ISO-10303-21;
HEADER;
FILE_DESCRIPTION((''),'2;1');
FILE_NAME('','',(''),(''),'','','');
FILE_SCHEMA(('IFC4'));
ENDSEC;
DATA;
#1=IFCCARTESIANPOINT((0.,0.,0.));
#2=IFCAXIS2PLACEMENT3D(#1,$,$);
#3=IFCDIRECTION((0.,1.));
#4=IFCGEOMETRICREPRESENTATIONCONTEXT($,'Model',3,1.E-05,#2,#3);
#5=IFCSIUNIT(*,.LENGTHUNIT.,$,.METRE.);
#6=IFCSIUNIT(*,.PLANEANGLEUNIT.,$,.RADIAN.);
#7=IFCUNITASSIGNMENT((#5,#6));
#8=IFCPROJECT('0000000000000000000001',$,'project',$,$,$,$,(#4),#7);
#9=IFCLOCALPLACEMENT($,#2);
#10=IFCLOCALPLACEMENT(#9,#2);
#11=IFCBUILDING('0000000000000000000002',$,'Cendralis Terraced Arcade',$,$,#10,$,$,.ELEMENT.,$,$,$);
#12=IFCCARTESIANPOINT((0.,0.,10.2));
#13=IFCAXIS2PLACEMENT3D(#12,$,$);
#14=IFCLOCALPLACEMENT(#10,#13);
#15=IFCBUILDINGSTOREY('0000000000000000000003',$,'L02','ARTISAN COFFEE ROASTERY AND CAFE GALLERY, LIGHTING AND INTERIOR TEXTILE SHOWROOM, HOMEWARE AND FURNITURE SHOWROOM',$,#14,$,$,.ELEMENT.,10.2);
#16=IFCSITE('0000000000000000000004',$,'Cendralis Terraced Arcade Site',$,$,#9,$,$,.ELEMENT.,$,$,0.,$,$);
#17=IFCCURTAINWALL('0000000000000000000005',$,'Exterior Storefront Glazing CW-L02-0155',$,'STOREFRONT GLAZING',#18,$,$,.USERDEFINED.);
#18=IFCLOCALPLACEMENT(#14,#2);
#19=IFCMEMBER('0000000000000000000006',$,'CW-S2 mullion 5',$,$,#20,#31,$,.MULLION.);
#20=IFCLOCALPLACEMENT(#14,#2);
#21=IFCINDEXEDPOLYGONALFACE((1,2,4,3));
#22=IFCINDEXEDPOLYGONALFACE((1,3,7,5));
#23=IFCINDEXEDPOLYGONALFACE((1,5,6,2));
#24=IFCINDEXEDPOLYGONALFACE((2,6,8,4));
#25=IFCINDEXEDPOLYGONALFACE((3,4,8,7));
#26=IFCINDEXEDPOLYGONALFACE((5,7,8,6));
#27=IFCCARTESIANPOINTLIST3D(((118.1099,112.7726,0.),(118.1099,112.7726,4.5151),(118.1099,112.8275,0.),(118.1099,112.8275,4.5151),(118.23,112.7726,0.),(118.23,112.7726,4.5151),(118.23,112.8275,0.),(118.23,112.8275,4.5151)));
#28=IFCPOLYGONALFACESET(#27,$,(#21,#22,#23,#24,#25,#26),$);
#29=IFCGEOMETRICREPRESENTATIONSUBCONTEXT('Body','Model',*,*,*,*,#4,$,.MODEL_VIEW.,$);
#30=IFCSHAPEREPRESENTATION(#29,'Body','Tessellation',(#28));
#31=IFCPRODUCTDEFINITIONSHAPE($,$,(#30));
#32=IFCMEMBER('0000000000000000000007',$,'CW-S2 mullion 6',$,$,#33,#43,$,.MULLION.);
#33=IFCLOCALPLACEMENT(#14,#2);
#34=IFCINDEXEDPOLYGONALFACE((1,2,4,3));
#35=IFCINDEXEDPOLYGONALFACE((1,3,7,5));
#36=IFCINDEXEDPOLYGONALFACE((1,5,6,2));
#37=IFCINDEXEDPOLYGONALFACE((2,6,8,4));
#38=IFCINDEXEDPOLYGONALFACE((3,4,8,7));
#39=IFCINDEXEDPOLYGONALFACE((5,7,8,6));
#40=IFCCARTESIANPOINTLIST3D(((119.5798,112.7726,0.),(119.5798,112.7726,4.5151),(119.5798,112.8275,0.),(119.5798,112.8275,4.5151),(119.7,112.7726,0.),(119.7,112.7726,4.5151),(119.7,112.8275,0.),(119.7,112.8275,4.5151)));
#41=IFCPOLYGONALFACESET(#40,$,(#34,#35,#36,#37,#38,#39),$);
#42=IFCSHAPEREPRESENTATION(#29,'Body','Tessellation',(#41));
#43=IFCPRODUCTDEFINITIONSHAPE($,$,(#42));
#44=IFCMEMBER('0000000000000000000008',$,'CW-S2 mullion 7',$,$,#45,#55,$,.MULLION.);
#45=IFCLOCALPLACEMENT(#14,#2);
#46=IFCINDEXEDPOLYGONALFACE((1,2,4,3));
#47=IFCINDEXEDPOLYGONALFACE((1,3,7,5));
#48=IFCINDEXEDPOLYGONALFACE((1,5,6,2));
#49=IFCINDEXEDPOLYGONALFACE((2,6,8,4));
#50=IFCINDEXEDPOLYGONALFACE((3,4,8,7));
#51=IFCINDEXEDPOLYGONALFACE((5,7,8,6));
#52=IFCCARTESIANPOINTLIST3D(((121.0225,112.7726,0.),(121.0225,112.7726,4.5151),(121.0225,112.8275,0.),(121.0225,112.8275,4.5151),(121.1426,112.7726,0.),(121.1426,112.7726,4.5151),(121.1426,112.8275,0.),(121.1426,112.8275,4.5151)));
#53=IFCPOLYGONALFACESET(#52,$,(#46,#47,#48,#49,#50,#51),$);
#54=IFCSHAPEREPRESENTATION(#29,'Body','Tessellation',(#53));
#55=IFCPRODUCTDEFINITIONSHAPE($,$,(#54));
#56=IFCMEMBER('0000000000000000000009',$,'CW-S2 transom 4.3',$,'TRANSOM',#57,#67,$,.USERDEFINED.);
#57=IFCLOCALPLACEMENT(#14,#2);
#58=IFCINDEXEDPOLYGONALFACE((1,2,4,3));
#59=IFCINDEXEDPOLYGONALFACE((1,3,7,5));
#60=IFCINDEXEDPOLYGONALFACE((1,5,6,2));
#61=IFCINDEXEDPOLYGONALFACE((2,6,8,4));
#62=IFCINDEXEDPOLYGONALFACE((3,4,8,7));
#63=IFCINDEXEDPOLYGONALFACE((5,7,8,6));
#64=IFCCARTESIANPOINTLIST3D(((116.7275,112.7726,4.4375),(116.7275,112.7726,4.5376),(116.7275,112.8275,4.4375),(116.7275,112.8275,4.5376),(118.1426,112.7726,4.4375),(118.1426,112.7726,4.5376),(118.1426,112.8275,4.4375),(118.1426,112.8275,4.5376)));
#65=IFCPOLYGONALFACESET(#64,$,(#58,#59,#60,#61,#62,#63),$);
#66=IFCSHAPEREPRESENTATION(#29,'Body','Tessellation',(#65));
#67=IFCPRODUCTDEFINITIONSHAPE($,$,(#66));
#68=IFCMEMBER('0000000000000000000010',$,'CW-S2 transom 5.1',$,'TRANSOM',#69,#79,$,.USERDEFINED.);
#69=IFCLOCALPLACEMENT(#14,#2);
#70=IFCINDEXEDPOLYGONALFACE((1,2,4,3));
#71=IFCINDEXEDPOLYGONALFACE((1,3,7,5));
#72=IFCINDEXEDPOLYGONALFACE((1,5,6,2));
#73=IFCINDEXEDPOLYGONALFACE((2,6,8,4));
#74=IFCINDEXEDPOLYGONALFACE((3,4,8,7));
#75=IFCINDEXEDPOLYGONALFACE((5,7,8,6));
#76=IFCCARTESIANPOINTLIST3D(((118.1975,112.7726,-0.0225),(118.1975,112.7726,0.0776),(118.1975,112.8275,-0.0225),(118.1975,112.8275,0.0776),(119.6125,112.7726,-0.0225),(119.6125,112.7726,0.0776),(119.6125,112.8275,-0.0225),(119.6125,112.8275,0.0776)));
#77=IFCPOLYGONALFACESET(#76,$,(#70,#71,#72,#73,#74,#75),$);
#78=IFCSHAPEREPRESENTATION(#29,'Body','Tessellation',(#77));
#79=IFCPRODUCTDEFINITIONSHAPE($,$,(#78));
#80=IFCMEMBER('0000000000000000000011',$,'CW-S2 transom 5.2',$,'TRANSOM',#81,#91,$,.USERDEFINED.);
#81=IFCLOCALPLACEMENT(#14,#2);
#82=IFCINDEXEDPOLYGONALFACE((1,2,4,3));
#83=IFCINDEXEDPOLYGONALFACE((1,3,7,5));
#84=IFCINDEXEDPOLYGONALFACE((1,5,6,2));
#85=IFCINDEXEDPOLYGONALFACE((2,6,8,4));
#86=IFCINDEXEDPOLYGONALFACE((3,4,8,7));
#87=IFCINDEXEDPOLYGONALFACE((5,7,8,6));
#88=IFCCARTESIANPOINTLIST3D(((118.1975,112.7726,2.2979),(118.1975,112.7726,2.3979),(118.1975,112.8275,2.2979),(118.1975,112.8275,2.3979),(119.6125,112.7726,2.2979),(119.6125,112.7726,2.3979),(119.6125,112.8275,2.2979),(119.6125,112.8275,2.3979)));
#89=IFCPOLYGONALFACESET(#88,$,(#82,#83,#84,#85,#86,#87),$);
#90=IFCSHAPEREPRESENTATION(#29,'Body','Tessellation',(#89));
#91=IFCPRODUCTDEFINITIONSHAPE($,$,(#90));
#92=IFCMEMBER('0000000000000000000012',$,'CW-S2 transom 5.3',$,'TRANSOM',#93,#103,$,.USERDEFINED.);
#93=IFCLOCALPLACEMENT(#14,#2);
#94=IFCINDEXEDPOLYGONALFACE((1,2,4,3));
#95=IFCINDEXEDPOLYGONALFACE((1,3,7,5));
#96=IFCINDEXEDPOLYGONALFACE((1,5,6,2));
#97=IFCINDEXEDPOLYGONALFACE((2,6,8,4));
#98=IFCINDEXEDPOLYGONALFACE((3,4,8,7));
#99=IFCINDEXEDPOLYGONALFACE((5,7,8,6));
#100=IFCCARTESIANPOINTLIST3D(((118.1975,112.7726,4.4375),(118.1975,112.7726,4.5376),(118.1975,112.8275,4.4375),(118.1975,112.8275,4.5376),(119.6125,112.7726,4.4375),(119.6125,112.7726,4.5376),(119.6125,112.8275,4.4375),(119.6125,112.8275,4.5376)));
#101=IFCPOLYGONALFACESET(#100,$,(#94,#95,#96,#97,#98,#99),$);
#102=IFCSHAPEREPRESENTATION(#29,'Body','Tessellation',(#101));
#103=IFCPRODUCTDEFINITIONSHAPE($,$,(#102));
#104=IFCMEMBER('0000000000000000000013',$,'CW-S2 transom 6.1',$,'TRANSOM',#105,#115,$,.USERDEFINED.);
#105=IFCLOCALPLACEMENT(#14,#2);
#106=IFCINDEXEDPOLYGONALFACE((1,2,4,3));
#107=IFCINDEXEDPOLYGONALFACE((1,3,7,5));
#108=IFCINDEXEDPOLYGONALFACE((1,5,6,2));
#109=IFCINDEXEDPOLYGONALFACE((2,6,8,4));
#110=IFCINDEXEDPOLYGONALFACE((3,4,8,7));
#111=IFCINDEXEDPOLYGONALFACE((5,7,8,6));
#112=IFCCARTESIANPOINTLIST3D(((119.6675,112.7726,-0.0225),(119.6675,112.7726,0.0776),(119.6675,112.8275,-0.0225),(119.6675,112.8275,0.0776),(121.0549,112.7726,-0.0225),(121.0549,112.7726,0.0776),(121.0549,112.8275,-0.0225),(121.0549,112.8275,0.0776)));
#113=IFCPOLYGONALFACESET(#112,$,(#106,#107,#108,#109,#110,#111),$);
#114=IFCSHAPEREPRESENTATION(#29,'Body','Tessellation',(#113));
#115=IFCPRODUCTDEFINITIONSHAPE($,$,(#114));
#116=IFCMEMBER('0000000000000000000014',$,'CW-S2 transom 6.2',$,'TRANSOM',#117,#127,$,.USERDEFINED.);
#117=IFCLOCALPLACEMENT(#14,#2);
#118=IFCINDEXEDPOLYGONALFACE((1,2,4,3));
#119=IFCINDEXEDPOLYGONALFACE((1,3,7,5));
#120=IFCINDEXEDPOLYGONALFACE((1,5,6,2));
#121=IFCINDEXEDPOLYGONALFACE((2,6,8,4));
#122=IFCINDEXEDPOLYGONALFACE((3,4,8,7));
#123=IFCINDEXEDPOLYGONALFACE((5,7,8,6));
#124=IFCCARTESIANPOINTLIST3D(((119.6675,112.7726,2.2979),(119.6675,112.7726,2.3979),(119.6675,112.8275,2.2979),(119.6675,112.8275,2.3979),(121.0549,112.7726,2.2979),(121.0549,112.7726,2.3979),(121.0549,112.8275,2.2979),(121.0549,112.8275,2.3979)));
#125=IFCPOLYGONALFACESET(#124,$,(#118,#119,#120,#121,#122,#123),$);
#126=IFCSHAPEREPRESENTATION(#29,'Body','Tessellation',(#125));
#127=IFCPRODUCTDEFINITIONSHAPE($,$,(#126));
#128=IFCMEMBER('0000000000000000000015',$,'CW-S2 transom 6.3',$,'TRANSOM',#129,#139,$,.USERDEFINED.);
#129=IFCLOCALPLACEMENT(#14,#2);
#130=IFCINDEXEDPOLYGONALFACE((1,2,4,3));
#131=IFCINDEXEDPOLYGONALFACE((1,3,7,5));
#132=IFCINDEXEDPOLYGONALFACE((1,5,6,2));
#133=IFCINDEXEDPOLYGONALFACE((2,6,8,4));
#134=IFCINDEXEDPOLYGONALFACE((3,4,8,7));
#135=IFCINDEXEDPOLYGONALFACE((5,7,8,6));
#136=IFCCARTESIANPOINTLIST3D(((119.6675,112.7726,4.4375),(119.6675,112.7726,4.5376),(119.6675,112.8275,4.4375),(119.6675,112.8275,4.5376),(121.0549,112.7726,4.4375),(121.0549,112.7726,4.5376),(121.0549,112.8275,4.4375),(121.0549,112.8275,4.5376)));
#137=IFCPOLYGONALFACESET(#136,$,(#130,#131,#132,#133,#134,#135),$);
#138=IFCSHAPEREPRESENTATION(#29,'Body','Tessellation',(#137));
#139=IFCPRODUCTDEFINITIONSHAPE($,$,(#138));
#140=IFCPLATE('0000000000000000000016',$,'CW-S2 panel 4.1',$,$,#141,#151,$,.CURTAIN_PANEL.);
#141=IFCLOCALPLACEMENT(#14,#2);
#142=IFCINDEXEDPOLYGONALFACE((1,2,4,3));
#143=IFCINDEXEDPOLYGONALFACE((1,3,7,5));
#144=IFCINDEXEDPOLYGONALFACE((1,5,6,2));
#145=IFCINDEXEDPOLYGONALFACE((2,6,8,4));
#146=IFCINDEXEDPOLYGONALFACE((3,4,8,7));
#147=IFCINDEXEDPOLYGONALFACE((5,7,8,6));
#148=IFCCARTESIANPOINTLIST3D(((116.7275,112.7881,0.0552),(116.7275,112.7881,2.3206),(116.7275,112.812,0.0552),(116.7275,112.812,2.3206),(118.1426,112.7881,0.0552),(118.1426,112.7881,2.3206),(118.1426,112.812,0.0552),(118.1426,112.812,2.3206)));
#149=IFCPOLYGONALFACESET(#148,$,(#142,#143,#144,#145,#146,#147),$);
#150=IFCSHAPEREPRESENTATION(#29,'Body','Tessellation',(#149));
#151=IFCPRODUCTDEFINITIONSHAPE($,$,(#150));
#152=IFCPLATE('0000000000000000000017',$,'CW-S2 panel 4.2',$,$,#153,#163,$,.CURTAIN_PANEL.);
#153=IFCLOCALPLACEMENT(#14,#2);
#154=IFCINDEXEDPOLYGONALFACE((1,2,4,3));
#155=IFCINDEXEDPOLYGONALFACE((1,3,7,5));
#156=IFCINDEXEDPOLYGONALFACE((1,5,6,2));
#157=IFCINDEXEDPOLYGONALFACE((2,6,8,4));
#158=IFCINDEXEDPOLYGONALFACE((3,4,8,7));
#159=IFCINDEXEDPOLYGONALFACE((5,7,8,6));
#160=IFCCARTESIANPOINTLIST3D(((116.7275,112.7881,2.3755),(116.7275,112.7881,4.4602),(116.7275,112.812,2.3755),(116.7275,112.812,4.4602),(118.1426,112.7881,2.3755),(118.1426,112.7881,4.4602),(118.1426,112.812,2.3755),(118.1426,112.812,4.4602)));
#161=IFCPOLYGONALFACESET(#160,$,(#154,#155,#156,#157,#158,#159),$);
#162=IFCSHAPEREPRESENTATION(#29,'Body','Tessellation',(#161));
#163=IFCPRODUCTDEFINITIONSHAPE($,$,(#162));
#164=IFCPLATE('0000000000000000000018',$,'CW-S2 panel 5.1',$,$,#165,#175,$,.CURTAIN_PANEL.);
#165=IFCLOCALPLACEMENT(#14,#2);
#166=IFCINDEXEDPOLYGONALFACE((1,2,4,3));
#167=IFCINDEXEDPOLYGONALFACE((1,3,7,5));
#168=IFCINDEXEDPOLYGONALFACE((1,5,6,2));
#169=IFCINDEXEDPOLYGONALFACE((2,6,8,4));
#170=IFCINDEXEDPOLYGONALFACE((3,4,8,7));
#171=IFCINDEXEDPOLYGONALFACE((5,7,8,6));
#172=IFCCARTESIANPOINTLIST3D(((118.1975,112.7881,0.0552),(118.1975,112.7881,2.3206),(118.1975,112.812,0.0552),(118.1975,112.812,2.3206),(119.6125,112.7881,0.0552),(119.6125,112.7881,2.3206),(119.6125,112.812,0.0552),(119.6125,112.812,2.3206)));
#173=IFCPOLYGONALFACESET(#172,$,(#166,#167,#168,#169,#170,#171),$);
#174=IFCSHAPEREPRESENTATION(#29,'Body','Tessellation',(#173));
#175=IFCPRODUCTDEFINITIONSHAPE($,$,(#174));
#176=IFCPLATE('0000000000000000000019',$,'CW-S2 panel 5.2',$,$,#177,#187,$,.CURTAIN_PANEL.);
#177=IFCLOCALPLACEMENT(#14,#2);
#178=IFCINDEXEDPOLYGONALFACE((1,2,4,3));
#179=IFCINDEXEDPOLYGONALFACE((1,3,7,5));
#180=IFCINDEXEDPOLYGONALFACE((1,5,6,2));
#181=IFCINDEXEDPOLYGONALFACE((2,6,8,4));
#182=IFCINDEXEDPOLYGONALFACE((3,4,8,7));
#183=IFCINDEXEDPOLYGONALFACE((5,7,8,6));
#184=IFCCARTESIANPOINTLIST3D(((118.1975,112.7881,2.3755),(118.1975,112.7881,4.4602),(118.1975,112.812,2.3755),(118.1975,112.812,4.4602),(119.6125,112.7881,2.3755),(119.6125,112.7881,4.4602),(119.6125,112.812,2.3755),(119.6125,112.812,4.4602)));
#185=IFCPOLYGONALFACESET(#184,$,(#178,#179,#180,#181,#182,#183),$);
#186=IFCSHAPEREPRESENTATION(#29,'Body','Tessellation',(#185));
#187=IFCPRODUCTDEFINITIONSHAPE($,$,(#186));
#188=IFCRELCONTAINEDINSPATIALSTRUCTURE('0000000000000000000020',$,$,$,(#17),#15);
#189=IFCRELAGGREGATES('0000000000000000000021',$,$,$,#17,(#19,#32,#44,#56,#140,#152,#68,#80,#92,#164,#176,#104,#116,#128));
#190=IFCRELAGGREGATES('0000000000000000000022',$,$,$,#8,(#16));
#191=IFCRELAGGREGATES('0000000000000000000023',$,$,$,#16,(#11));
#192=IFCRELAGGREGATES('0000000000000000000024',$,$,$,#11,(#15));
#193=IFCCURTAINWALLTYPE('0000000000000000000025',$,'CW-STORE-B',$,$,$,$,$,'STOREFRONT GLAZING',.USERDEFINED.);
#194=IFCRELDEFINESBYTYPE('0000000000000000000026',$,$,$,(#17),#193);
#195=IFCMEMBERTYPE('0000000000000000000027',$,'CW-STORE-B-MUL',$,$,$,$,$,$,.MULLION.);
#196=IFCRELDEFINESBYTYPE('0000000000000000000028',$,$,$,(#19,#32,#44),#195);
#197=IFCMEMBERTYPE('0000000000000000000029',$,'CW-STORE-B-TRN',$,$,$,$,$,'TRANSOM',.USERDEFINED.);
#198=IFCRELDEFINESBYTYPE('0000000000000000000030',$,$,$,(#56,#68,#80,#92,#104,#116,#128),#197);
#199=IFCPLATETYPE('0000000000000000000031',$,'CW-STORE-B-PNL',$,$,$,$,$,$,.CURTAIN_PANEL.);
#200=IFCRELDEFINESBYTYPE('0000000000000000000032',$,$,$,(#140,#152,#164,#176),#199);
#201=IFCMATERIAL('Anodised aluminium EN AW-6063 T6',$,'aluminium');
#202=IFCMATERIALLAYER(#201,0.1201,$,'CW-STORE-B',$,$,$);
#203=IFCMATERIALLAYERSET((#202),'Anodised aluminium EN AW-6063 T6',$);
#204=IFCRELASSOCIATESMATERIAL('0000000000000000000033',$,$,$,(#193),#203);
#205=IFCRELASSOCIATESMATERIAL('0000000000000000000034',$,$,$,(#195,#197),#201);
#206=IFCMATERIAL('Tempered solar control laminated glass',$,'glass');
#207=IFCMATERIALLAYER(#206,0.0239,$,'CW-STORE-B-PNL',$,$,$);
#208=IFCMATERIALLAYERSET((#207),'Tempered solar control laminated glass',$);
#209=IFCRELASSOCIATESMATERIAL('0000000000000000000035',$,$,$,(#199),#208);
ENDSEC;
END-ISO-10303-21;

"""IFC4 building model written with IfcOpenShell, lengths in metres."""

from ifc_helpers import new_model, si_unit, direction, frame, origin, origin_2d, place, context, subcontext, project, spatial, rectangle, extrude, material, layer, layer_set, material_profile, profile_set, type_object, element, aggregate, save


model = new_model("IFC4")

# Units and contexts
model_context = context("Model", 3, precision=1e-05, world=origin(), true_north=direction((0.0, 1.0)))
body_context = subcontext(model_context, "Body", "Model", "MODEL_VIEW")
ifc_project = project(units=[si_unit("LENGTHUNIT", "METRE"), si_unit("PLANEANGLEUNIT", "RADIAN")], contexts=[model_context])

# Site, building, storey
site_placement = place(None, origin())
site = spatial("IfcSite", under=ifc_project, at=site_placement, Name="Cendralis Terraced Arcade Site", CompositionType="ELEMENT", RefElevation=0.0)
building_placement = place(site_placement, origin())
building = spatial("IfcBuilding", under=site, at=building_placement, Name="Cendralis Terraced Arcade", CompositionType="ELEMENT")
storey_placement = place(building_placement, frame((0.0, 0.0, 10.2)))
storey = spatial("IfcBuildingStorey", under=building, at=storey_placement, Name="L02", Description="ARTISAN COFFEE ROASTERY AND CAFE GALLERY, LIGHTING AND INTERIOR TEXTILE SHOWROOM, HOMEWARE AND FURNITURE SHOWROOM", CompositionType="ELEMENT", Elevation=10.2)

# Curtain wall, members, plates
ifc_material_1 = material(Name="Anodised aluminium EN AW-6063 T6", Category="aluminium")
ifc_layer_1 = layer(ifc_material_1, 0.1201, Name="CW-STORE-B")
ifc_layer_set_1 = layer_set([ifc_layer_1], Name="Anodised aluminium EN AW-6063 T6")
curtain_wall_type = type_object("IfcCurtainWallType", Name="CW-STORE-B", ElementType="STOREFRONT GLAZING", PredefinedType="USERDEFINED", material=ifc_layer_set_1)
curtain_wall_placement = place(storey_placement, origin())
curtain_wall = element("IfcCurtainWall", 1, at=curtain_wall_placement, inside=storey, type_object=curtain_wall_type, Name="Exterior Storefront Glazing CW-L02-0155", ObjectType="STOREFRONT GLAZING", PredefinedType="USERDEFINED")
ifc_material_profile_1 = material_profile(ifc_material_1, rectangle(XDim=0.0549, YDim=0.1201, at=origin_2d()), Name="ALU-MUL-55x120")
ifc_profile_set_1 = profile_set([ifc_material_profile_1], Name="Anodised aluminium EN AW-6063 T6")
member_type_1 = type_object("IfcMemberType", Name="CW-STORE-B-MUL", PredefinedType="MULLION", material=ifc_profile_set_1)
member_1_placement = place(storey_placement, frame((118.1699, 112.8, 0.0), z_axis=(0.0, 0.0, 1.0), x_axis=(0.0, 1.0, 0.0)))
member_1 = element("IfcMember", 2, at=member_1_placement, type_object=member_type_1, Name="CW-S2 mullion 5", PredefinedType="MULLION", context=body_context, shape_type="SweptSolid", body=[
    extrude(rectangle(XDim=0.0549, YDim=0.1201, at=origin_2d()), origin(), (0.0, 0.0, 1.0), 4.5151),
])
member_2_placement = place(storey_placement, frame((119.6399, 112.8, 0.0), z_axis=(0.0, 0.0, 1.0), x_axis=(0.0, 1.0, 0.0)))
member_2 = element("IfcMember", 3, at=member_2_placement, type_object=member_type_1, Name="CW-S2 mullion 6", PredefinedType="MULLION", context=body_context, shape_type="SweptSolid", body=[
    extrude(rectangle(XDim=0.0549, YDim=0.1201, at=origin_2d()), origin(), (0.0, 0.0, 1.0), 4.5151),
])
member_3_placement = place(storey_placement, frame((121.0825, 112.8, 0.0), z_axis=(0.0, 0.0, 1.0), x_axis=(0.0, 1.0, 0.0)))
member_3 = element("IfcMember", 4, at=member_3_placement, type_object=member_type_1, Name="CW-S2 mullion 7", PredefinedType="MULLION", context=body_context, shape_type="SweptSolid", body=[
    extrude(rectangle(XDim=0.0549, YDim=0.1201, at=origin_2d()), origin(), (0.0, 0.0, 1.0), 4.5151),
])
ifc_material_profile_2 = material_profile(ifc_material_1, rectangle(XDim=0.0549, YDim=0.1001, at=origin_2d()), Name="ALU-TRN-55x100")
ifc_profile_set_2 = profile_set([ifc_material_profile_2], Name="Anodised aluminium EN AW-6063 T6")
member_type_2 = type_object("IfcMemberType", Name="CW-STORE-B-TRN", ElementType="TRANSOM", PredefinedType="USERDEFINED", material=ifc_profile_set_2)
member_4_placement = place(storey_placement, frame((116.7275, 112.8, 4.4875), z_axis=(1.0, 0.0, 0.0), x_axis=(0.0, 1.0, 0.0)))
member_4 = element("IfcMember", 5, at=member_4_placement, type_object=member_type_2, Name="CW-S2 transom 4.3", ObjectType="TRANSOM", PredefinedType="USERDEFINED", context=body_context, shape_type="SweptSolid", body=[
    extrude(rectangle(XDim=0.0549, YDim=0.1001, at=origin_2d()), origin(), (0.0, 0.0, 1.0), 1.415),
])
member_5_placement = place(storey_placement, frame((118.1975, 112.8, 0.0276), z_axis=(1.0, 0.0, 0.0), x_axis=(0.0, 1.0, 0.0)))
member_5 = element("IfcMember", 6, at=member_5_placement, type_object=member_type_2, Name="CW-S2 transom 5.1", ObjectType="TRANSOM", PredefinedType="USERDEFINED", context=body_context, shape_type="SweptSolid", body=[
    extrude(rectangle(XDim=0.0549, YDim=0.1001, at=origin_2d()), origin(), (0.0, 0.0, 1.0), 1.415),
])
member_6_placement = place(storey_placement, frame((118.1975, 112.8, 2.3479), z_axis=(1.0, 0.0, 0.0), x_axis=(0.0, 1.0, 0.0)))
member_6 = element("IfcMember", 7, at=member_6_placement, type_object=member_type_2, Name="CW-S2 transom 5.2", ObjectType="TRANSOM", PredefinedType="USERDEFINED", context=body_context, shape_type="SweptSolid", body=[
    extrude(rectangle(XDim=0.0549, YDim=0.1001, at=origin_2d()), origin(), (0.0, 0.0, 1.0), 1.415),
])
member_7_placement = place(storey_placement, frame((118.1975, 112.8, 4.4875), z_axis=(1.0, 0.0, 0.0), x_axis=(0.0, 1.0, 0.0)))
member_7 = element("IfcMember", 8, at=member_7_placement, type_object=member_type_2, Name="CW-S2 transom 5.3", ObjectType="TRANSOM", PredefinedType="USERDEFINED", context=body_context, shape_type="SweptSolid", body=[
    extrude(rectangle(XDim=0.0549, YDim=0.1001, at=origin_2d()), origin(), (0.0, 0.0, 1.0), 1.415),
])
member_8_placement = place(storey_placement, frame((119.6675, 112.8, 0.0276), z_axis=(1.0, 0.0, 0.0), x_axis=(0.0, 1.0, 0.0)))
member_8 = element("IfcMember", 9, at=member_8_placement, type_object=member_type_2, Name="CW-S2 transom 6.1", ObjectType="TRANSOM", PredefinedType="USERDEFINED", context=body_context, shape_type="SweptSolid", body=[
    extrude(rectangle(XDim=0.0549, YDim=0.1001, at=origin_2d()), origin(), (0.0, 0.0, 1.0), 1.3875),
])
member_9_placement = place(storey_placement, frame((119.6675, 112.8, 2.3479), z_axis=(1.0, 0.0, 0.0), x_axis=(0.0, 1.0, 0.0)))
member_9 = element("IfcMember", 10, at=member_9_placement, type_object=member_type_2, Name="CW-S2 transom 6.2", ObjectType="TRANSOM", PredefinedType="USERDEFINED", context=body_context, shape_type="SweptSolid", body=[
    extrude(rectangle(XDim=0.0549, YDim=0.1001, at=origin_2d()), origin(), (0.0, 0.0, 1.0), 1.3875),
])
member_10_placement = place(storey_placement, frame((119.6675, 112.8, 4.4875), z_axis=(1.0, 0.0, 0.0), x_axis=(0.0, 1.0, 0.0)))
member_10 = element("IfcMember", 11, at=member_10_placement, type_object=member_type_2, Name="CW-S2 transom 6.3", ObjectType="TRANSOM", PredefinedType="USERDEFINED", context=body_context, shape_type="SweptSolid", body=[
    extrude(rectangle(XDim=0.0549, YDim=0.1001, at=origin_2d()), origin(), (0.0, 0.0, 1.0), 1.3875),
])
ifc_material_2 = material(Name="Tempered solar control laminated glass", Category="glass")
ifc_layer_2 = layer(ifc_material_2, 0.0239, Name="CW-STORE-B-PNL")
ifc_layer_set_2 = layer_set([ifc_layer_2], Name="Tempered solar control laminated glass")
plate_type = type_object("IfcPlateType", Name="CW-STORE-B-PNL", PredefinedType="CURTAIN_PANEL", material=ifc_layer_set_2)
plate_1_placement = place(storey_placement, frame((117.4351, 112.8, 0.0552), z_axis=(0.0, 0.0, 1.0), x_axis=(1.0, 0.0, 0.0)))
plate_1 = element("IfcPlate", 12, at=plate_1_placement, type_object=plate_type, Name="CW-S2 panel 4.1", PredefinedType="CURTAIN_PANEL", context=body_context, shape_type="SweptSolid", body=[
    extrude(rectangle(XDim=1.415, YDim=0.0239, at=origin_2d()), origin(), (0.0, 0.0, 1.0), 2.2654),
])
plate_2_placement = place(storey_placement, frame((117.4351, 112.8, 2.3755), z_axis=(0.0, 0.0, 1.0), x_axis=(1.0, 0.0, 0.0)))
plate_2 = element("IfcPlate", 13, at=plate_2_placement, type_object=plate_type, Name="CW-S2 panel 4.2", PredefinedType="CURTAIN_PANEL", context=body_context, shape_type="SweptSolid", body=[
    extrude(rectangle(XDim=1.415, YDim=0.0239, at=origin_2d()), origin(), (0.0, 0.0, 1.0), 2.0847),
])
plate_3_placement = place(storey_placement, frame((118.905, 112.8, 0.0552), z_axis=(0.0, 0.0, 1.0), x_axis=(1.0, 0.0, 0.0)))
plate_3 = element("IfcPlate", 14, at=plate_3_placement, type_object=plate_type, Name="CW-S2 panel 5.1", PredefinedType="CURTAIN_PANEL", context=body_context, shape_type="SweptSolid", body=[
    extrude(rectangle(XDim=1.415, YDim=0.0239, at=origin_2d()), origin(), (0.0, 0.0, 1.0), 2.2654),
])
plate_4_placement = place(storey_placement, frame((118.905, 112.8, 2.3755), z_axis=(0.0, 0.0, 1.0), x_axis=(1.0, 0.0, 0.0)))
plate_4 = element("IfcPlate", 15, at=plate_4_placement, type_object=plate_type, Name="CW-S2 panel 5.2", PredefinedType="CURTAIN_PANEL", context=body_context, shape_type="SweptSolid", body=[
    extrude(rectangle(XDim=1.415, YDim=0.0239, at=origin_2d()), origin(), (0.0, 0.0, 1.0), 2.0847),
])
aggregate(curtain_wall, [member_1, member_2, member_3, member_4, plate_1, plate_2, member_5, member_6, member_7, plate_3, plate_4, member_8, member_9, member_10])

save(model, "model.ifc")
